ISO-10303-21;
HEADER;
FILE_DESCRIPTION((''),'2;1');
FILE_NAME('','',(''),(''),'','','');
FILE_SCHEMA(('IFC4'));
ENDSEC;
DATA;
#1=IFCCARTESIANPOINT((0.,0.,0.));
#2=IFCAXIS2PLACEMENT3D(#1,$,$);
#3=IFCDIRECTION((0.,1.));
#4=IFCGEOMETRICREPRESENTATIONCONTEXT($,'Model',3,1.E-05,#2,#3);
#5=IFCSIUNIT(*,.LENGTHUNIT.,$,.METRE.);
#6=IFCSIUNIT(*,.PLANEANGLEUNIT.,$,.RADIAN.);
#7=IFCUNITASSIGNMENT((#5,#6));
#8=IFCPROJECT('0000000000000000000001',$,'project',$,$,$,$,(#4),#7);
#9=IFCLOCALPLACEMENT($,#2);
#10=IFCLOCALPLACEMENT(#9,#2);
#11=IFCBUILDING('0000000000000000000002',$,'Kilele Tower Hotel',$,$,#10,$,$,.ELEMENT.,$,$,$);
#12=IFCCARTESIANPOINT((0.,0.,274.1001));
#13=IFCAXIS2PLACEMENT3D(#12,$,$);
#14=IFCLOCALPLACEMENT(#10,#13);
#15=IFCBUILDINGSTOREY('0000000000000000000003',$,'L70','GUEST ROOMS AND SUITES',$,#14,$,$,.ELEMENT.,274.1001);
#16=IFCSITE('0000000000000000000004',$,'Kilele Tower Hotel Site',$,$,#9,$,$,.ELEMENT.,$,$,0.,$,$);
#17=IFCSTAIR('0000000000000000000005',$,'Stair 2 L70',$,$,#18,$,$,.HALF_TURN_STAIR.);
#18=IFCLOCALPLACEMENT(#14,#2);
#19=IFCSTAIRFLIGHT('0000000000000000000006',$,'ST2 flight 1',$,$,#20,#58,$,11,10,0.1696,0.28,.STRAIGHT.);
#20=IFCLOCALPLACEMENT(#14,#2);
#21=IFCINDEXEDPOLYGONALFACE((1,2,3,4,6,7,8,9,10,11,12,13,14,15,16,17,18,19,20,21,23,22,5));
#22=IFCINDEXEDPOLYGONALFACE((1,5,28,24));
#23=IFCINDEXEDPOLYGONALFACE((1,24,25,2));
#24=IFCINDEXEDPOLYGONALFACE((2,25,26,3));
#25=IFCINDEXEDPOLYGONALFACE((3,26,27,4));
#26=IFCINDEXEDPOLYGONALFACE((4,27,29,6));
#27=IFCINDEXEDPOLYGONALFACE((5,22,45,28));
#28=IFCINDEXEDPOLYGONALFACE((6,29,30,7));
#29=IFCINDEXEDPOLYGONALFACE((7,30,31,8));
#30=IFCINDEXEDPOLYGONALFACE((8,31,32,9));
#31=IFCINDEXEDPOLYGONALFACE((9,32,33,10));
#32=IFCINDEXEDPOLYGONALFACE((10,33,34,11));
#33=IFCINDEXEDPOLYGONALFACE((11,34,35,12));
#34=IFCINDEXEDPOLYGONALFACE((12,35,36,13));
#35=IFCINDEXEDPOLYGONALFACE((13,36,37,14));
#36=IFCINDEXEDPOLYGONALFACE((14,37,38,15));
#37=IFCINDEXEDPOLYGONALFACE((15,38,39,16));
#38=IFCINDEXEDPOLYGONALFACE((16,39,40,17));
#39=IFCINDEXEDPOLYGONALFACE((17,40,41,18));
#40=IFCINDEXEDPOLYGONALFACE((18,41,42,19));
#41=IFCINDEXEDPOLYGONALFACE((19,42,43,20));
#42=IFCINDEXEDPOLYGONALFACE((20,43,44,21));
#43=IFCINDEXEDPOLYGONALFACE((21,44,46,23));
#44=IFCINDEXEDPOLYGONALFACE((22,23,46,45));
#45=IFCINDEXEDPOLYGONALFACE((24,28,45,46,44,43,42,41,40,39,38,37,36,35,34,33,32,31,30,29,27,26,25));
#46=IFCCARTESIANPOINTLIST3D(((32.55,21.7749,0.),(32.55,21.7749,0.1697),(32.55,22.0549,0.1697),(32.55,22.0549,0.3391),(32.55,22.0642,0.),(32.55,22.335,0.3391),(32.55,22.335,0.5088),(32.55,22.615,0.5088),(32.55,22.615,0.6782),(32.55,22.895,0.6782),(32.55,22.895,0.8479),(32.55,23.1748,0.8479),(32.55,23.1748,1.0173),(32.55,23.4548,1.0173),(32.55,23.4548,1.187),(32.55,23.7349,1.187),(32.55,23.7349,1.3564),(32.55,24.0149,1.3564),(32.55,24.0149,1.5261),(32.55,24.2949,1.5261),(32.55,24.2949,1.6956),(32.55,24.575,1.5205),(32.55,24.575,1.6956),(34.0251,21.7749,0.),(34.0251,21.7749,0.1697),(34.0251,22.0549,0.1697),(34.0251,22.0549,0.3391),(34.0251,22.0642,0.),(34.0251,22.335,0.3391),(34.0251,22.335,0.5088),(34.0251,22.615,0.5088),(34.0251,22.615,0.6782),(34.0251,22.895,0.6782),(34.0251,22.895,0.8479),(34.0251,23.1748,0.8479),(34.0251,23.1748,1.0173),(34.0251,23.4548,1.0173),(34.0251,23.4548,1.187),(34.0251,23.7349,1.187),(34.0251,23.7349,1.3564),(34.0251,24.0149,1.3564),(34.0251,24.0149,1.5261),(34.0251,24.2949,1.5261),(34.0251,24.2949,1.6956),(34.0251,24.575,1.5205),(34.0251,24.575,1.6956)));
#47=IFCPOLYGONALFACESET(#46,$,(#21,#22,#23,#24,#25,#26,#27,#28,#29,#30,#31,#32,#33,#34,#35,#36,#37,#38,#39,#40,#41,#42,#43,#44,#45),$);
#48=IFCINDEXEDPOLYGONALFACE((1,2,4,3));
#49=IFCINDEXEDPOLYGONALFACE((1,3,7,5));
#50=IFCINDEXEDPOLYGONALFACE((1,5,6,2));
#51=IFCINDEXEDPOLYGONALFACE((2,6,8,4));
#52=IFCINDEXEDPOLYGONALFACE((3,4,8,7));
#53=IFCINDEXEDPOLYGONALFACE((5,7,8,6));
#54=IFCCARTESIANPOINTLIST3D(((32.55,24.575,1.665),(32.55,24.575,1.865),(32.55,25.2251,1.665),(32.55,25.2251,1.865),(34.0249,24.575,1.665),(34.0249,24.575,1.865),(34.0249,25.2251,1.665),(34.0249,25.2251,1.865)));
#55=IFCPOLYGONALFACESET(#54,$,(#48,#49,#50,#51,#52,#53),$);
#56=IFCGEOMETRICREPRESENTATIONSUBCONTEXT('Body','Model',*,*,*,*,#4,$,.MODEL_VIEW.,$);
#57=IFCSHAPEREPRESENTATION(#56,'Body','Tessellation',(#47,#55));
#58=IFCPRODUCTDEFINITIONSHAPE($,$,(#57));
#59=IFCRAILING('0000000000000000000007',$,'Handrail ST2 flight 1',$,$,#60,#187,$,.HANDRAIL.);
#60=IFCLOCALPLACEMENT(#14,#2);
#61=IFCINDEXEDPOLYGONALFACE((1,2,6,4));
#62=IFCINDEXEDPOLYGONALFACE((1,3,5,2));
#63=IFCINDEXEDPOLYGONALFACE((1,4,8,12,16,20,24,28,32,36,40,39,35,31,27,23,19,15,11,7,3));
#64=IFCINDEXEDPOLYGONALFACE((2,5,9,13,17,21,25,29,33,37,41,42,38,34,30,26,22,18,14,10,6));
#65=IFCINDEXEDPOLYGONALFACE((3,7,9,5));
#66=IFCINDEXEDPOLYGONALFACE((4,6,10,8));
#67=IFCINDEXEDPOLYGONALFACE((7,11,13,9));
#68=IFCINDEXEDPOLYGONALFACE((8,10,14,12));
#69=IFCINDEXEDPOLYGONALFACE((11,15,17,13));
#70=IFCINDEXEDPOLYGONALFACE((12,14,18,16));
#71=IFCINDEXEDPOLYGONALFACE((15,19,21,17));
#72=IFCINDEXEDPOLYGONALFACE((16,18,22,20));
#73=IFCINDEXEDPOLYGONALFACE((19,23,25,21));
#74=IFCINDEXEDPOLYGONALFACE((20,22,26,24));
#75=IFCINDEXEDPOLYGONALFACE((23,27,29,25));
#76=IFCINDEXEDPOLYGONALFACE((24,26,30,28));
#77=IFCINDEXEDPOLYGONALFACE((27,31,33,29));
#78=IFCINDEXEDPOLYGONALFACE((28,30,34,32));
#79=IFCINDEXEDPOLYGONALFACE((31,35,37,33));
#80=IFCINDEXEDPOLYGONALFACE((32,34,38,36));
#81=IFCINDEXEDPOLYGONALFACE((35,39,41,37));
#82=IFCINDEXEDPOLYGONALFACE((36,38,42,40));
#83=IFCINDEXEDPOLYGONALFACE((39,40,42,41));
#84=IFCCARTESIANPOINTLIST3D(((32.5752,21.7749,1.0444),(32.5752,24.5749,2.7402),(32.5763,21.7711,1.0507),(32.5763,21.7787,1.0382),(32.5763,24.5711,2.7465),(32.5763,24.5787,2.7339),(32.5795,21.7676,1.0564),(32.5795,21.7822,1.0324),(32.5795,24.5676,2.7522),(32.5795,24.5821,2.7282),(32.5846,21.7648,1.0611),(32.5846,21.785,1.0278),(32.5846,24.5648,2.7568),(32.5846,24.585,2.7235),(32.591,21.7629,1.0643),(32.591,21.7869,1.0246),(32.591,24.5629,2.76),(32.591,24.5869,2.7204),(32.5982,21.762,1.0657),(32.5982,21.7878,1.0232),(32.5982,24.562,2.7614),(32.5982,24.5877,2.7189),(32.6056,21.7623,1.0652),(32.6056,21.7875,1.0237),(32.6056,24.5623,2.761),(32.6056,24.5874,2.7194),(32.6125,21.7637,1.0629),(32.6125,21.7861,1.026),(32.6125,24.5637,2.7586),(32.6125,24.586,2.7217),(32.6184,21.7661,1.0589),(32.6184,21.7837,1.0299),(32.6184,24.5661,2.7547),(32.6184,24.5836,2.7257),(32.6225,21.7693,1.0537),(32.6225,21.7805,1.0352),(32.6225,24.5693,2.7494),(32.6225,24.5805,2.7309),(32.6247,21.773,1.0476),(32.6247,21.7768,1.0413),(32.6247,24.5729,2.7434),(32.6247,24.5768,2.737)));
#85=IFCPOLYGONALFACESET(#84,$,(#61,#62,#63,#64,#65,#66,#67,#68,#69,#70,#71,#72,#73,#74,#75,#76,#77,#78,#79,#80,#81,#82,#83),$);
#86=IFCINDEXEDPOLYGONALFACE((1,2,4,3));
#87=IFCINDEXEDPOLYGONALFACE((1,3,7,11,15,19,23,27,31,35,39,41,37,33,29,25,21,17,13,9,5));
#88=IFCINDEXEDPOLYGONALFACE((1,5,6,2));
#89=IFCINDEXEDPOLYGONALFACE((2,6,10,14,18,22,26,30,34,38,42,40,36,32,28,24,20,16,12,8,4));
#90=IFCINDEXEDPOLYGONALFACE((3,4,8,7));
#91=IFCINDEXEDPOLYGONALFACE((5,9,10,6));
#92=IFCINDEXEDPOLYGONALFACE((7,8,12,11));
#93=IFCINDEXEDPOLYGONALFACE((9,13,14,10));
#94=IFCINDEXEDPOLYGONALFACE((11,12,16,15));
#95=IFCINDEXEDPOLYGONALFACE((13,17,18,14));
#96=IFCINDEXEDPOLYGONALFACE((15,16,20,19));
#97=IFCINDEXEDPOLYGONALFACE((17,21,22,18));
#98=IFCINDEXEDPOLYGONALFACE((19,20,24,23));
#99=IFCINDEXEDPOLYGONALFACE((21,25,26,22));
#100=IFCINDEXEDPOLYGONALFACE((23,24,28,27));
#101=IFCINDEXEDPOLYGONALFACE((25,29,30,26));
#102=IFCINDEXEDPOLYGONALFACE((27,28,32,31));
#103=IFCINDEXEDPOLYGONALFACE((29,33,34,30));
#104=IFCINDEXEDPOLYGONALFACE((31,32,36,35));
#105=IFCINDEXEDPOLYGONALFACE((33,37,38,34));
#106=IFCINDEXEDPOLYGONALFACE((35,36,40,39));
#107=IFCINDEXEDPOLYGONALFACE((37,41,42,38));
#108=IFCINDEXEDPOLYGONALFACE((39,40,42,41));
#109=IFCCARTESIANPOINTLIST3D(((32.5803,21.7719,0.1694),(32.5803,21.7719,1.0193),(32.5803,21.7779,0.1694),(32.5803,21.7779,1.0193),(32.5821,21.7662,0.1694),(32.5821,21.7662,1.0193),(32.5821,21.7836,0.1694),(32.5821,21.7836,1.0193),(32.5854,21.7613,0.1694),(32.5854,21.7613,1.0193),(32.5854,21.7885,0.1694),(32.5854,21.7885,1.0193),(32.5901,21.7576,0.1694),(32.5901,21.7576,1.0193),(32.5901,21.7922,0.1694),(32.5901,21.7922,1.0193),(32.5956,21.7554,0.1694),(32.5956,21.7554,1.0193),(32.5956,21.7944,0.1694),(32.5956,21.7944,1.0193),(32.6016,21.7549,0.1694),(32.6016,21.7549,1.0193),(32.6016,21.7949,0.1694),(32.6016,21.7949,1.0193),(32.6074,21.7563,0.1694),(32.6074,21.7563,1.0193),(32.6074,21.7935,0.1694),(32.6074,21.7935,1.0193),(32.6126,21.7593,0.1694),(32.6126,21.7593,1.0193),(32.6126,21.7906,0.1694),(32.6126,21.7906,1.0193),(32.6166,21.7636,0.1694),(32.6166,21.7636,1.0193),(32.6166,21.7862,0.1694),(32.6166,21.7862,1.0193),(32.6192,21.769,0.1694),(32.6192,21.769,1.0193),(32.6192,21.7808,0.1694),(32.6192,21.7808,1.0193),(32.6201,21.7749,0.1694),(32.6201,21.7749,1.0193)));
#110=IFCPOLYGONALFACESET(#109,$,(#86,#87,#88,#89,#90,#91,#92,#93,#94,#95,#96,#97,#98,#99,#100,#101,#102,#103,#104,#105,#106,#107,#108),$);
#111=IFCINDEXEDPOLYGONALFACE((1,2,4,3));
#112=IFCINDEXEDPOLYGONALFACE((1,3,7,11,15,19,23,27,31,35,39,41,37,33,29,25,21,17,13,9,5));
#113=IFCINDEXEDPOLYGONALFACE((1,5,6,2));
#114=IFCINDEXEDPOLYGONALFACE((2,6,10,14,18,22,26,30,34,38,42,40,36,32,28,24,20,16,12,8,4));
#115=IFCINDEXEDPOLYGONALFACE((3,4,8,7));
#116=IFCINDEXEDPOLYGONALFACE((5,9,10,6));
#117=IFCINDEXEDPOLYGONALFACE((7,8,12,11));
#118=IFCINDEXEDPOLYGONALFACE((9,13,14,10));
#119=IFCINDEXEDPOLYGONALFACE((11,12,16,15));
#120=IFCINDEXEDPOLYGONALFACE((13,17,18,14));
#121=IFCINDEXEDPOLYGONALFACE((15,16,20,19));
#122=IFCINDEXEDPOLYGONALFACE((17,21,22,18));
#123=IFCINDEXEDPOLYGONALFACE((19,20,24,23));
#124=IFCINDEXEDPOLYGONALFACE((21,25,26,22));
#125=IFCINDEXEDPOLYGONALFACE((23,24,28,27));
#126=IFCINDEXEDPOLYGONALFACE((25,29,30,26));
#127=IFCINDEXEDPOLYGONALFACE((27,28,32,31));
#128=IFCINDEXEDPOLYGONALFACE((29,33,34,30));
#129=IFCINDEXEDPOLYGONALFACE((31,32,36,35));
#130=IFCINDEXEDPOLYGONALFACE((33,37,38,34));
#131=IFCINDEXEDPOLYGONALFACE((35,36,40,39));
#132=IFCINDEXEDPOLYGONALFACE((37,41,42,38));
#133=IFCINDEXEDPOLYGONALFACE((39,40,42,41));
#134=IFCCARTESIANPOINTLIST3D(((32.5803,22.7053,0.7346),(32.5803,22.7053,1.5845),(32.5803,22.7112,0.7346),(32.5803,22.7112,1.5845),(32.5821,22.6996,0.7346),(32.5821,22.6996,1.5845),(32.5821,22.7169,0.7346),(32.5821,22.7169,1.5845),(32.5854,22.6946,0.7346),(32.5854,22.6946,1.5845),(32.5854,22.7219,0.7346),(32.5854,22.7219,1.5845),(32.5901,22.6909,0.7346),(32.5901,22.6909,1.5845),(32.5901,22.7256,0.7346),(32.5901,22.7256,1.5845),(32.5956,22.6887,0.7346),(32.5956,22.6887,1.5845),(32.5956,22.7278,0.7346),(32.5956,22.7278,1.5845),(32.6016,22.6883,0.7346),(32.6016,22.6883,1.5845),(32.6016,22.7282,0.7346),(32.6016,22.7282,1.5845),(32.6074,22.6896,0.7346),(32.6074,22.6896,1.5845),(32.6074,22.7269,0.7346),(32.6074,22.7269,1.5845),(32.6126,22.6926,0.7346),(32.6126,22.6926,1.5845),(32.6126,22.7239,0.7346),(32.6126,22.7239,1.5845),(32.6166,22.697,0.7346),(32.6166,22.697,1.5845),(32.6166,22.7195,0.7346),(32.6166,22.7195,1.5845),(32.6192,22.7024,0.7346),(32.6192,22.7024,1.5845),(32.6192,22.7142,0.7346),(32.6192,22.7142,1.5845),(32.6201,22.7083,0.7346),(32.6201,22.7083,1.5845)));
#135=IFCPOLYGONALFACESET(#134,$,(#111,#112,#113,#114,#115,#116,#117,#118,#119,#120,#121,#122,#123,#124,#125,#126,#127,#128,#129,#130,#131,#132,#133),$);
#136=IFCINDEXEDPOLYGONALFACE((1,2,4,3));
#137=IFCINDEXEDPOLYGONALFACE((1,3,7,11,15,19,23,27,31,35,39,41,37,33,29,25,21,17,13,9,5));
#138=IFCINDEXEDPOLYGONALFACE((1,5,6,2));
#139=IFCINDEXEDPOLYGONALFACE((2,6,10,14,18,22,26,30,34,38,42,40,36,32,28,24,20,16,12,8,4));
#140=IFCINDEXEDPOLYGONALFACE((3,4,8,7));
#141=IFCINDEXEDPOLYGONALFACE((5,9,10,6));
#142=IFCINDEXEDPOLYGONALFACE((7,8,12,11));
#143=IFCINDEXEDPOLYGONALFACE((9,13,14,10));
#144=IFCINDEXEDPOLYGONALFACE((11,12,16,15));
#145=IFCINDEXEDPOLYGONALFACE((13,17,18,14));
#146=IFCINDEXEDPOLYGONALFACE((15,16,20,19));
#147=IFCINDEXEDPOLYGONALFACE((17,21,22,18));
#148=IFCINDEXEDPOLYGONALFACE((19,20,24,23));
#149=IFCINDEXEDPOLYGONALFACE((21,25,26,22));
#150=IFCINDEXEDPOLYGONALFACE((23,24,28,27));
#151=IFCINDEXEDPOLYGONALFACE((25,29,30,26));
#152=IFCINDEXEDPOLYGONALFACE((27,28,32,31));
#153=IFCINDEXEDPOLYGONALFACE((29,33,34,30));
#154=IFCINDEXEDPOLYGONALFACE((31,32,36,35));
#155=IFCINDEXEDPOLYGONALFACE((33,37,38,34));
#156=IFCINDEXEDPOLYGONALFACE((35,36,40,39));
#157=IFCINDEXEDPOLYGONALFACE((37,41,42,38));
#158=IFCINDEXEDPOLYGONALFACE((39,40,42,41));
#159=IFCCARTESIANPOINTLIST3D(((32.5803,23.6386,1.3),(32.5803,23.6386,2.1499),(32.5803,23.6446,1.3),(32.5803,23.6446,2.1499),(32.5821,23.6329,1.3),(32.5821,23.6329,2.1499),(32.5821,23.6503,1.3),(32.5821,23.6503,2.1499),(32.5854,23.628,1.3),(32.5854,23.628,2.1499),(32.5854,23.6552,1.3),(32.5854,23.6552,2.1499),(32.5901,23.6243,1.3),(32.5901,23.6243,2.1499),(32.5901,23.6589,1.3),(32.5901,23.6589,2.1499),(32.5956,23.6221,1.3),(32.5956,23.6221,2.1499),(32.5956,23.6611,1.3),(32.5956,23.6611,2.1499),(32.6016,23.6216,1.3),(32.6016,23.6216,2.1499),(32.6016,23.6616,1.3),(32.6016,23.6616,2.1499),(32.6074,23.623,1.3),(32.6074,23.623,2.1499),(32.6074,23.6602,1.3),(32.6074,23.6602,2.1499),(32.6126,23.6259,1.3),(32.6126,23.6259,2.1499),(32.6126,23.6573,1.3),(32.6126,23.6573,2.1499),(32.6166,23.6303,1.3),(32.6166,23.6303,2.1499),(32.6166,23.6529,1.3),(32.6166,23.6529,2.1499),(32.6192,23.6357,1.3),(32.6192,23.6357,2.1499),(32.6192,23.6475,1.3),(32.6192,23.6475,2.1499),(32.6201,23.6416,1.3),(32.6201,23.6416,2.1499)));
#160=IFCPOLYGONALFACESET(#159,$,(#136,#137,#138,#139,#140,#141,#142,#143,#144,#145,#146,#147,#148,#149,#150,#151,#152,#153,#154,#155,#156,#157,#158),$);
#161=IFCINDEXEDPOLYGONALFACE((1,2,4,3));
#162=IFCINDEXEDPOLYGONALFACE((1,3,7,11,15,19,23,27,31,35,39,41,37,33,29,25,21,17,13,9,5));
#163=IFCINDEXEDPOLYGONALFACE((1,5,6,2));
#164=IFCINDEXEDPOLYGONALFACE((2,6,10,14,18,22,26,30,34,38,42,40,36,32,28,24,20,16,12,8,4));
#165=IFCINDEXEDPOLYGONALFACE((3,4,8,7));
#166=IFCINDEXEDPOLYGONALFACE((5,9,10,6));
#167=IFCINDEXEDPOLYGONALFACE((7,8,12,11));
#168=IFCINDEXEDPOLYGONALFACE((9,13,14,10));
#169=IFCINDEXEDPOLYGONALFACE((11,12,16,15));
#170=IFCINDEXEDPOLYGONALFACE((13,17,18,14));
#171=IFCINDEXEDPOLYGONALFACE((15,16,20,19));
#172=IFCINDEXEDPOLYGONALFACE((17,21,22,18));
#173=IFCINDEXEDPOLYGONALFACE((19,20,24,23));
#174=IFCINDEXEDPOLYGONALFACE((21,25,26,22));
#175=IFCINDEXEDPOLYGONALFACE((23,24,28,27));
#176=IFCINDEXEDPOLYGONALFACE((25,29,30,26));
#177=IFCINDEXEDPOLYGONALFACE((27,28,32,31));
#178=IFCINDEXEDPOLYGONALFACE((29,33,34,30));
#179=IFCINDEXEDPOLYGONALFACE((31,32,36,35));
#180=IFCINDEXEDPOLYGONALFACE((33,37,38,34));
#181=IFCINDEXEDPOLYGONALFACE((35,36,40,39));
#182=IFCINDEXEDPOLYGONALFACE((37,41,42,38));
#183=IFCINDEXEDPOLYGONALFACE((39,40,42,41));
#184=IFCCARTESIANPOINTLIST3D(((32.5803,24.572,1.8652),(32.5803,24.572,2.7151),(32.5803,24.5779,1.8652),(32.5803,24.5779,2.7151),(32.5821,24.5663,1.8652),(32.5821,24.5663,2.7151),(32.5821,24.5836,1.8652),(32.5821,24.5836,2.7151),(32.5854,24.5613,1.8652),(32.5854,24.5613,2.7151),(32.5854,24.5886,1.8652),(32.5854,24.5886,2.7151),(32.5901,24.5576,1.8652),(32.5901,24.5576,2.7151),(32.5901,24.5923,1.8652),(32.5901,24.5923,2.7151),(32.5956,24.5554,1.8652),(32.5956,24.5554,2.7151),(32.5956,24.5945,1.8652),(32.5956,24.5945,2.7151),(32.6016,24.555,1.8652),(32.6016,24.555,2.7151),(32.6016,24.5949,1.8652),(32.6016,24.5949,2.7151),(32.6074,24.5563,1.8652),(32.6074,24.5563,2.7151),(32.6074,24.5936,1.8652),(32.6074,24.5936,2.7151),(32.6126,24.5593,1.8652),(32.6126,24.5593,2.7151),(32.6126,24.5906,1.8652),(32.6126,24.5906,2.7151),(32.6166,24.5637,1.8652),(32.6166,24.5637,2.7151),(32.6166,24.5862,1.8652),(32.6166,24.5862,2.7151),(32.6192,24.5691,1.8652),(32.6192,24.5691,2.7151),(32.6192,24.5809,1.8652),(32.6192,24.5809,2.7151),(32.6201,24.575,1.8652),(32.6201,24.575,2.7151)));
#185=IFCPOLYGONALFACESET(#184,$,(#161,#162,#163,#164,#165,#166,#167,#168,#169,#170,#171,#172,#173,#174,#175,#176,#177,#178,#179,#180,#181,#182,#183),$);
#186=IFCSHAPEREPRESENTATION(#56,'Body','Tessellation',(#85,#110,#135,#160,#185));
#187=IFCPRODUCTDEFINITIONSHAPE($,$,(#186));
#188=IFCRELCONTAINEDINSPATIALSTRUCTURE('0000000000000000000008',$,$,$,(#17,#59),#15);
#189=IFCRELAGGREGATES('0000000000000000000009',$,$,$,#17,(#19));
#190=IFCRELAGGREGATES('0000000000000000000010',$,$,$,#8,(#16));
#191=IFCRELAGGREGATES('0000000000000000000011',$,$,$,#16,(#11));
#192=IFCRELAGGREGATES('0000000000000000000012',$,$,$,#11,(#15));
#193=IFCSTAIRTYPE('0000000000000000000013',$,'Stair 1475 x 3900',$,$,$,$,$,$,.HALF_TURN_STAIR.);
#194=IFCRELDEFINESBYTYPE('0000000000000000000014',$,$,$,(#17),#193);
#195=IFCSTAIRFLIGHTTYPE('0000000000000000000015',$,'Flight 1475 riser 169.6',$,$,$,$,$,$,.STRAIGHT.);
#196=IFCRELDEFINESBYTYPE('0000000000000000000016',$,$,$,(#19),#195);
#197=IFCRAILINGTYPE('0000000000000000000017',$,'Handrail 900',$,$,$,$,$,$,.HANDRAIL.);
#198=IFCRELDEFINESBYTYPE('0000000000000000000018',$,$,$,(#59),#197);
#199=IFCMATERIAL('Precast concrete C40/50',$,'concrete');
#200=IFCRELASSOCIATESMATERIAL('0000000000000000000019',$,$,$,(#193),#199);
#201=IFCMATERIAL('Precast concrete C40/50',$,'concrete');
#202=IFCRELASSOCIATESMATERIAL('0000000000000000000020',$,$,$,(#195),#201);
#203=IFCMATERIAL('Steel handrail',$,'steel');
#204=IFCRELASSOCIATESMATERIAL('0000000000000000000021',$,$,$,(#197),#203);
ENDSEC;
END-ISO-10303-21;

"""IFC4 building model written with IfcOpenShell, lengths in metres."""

from ifc_helpers import new_model, si_unit, direction, frame, origin, origin_2d, place, context, subcontext, project, spatial, polyline, circle, outline, extrude, material, type_object, element, aggregate, save


model = new_model("IFC4")

# Units and contexts
model_context = context("Model", 3, precision=1e-05, world=origin(), true_north=direction((0.0, 1.0)))
body_context = subcontext(model_context, "Body", "Model", "MODEL_VIEW")
ifc_project = project(units=[si_unit("LENGTHUNIT", "METRE"), si_unit("PLANEANGLEUNIT", "RADIAN")], contexts=[model_context])

# Site, building, storey
site_placement = place(None, origin())
site = spatial("IfcSite", under=ifc_project, at=site_placement, Name="Kilele Tower Hotel Site", CompositionType="ELEMENT", RefElevation=0.0)
building_placement = place(site_placement, origin())
building = spatial("IfcBuilding", under=site, at=building_placement, Name="Kilele Tower Hotel", CompositionType="ELEMENT")
storey_placement = place(building_placement, frame((0.0, 0.0, 274.1001)))
storey = spatial("IfcBuildingStorey", under=building, at=storey_placement, Name="L70", Description="GUEST ROOMS AND SUITES", CompositionType="ELEMENT", Elevation=274.1001)

# Stair, stair flight
ifc_material_1 = material(Name="Precast concrete C40/50", Category="concrete")
stair_type = type_object("IfcStairType", Name="Stair 1475 x 3900", PredefinedType="HALF_TURN_STAIR", material=ifc_material_1)
stair_placement = place(storey_placement, origin())
stair = element("IfcStair", 1, at=stair_placement, inside=storey, type_object=stair_type, Name="Stair 2 L70", PredefinedType="HALF_TURN_STAIR")
ifc_material_2 = material(Name="Precast concrete C40/50", Category="concrete")
stair_flight_type = type_object("IfcStairFlightType", Name="Flight 1475 riser 169.6", PredefinedType="STRAIGHT", material=ifc_material_2)
stair_flight_placement = place(storey_placement, frame((33.2876, 21.7749, 0.0), z_axis=(0.0, 0.0, 1.0), x_axis=(0.0, 1.0, 0.0)))
stair_flight = element("IfcStairFlight", 2, at=stair_flight_placement, type_object=stair_flight_type, Name="ST2 flight 1", NumberOfRisers=11, NumberOfTreads=10, PredefinedType="STRAIGHT", RiserHeight=0.1696, TreadLength=0.28, context=body_context, shape_type="SweptSolid", body=[
    extrude(outline(polyline([(0.0, 0.0), (0.0, 0.1697), (0.28, 0.1697), (0.28, 0.3391), (0.5601, 0.3391), (0.5601, 0.5088), (0.8401, 0.5088), (0.8401, 0.6782), (1.1201, 0.6782), (1.1201, 0.8479), (1.3999, 0.8479), (1.3999, 1.0173), (1.6799, 1.0173), (1.6799, 1.187), (1.96, 1.187), (1.96, 1.3564), (2.24, 1.3564), (2.24, 1.5261), (2.52, 1.5261), (2.52, 1.6956), (2.8, 1.6956), (2.8, 1.8652), (2.8, 1.5205), (0.2893, 0.0), (0.0, 0.0)])), frame((0.0, 0.7375, 0.0), z_axis=(0.0, -1.0, 0.0), x_axis=(1.0, 0.0, 0.0)), (0.0, 0.0, 1.0), 1.4751),
    extrude(outline(polyline([(2.8, 0.7375), (2.8, -0.7373), (3.4502, -0.7373), (3.4502, 0.7375), (2.8, 0.7375)])), frame((0.0, 0.0, 1.665)), (0.0, 0.0, 1.0), 0.2),
])
aggregate(stair, [stair_flight])

# Railing
ifc_material_3 = material(Name="Steel handrail", Category="steel")
railing_type = type_object("IfcRailingType", Name="Handrail 900", PredefinedType="HANDRAIL", material=ifc_material_3)
railing_placement = place(storey_placement, frame((32.6001, 21.7749, 0.1694)))
element("IfcRailing", 3, at=railing_placement, inside=storey, type_object=railing_type, Name="Handrail ST2 flight 1", PredefinedType="HANDRAIL", context=body_context, shape_type="SweptSolid", body=[
    extrude(circle(Radius=0.0249, at=origin_2d()), frame((0.0, 0.0, 0.875), z_axis=(0.0, 0.85536, 0.518034), x_axis=(-1.0, 0.0, 0.0)), (0.0, 0.0, 1.0), 3.2734),
    extrude(circle(Radius=0.02, at=origin_2d()), origin(), (0.0, 0.0, 1.0), 0.8499),
    extrude(circle(Radius=0.02, at=origin_2d()), frame((0.0, 0.9333, 0.5652)), (0.0, 0.0, 1.0), 0.8499),
    extrude(circle(Radius=0.02, at=origin_2d()), frame((0.0, 1.8667, 1.1306)), (0.0, 0.0, 1.0), 0.8499),
    extrude(circle(Radius=0.02, at=origin_2d()), frame((0.0, 2.8, 1.6958)), (0.0, 0.0, 1.0), 0.8499),
])

save(model, "model.ifc")
